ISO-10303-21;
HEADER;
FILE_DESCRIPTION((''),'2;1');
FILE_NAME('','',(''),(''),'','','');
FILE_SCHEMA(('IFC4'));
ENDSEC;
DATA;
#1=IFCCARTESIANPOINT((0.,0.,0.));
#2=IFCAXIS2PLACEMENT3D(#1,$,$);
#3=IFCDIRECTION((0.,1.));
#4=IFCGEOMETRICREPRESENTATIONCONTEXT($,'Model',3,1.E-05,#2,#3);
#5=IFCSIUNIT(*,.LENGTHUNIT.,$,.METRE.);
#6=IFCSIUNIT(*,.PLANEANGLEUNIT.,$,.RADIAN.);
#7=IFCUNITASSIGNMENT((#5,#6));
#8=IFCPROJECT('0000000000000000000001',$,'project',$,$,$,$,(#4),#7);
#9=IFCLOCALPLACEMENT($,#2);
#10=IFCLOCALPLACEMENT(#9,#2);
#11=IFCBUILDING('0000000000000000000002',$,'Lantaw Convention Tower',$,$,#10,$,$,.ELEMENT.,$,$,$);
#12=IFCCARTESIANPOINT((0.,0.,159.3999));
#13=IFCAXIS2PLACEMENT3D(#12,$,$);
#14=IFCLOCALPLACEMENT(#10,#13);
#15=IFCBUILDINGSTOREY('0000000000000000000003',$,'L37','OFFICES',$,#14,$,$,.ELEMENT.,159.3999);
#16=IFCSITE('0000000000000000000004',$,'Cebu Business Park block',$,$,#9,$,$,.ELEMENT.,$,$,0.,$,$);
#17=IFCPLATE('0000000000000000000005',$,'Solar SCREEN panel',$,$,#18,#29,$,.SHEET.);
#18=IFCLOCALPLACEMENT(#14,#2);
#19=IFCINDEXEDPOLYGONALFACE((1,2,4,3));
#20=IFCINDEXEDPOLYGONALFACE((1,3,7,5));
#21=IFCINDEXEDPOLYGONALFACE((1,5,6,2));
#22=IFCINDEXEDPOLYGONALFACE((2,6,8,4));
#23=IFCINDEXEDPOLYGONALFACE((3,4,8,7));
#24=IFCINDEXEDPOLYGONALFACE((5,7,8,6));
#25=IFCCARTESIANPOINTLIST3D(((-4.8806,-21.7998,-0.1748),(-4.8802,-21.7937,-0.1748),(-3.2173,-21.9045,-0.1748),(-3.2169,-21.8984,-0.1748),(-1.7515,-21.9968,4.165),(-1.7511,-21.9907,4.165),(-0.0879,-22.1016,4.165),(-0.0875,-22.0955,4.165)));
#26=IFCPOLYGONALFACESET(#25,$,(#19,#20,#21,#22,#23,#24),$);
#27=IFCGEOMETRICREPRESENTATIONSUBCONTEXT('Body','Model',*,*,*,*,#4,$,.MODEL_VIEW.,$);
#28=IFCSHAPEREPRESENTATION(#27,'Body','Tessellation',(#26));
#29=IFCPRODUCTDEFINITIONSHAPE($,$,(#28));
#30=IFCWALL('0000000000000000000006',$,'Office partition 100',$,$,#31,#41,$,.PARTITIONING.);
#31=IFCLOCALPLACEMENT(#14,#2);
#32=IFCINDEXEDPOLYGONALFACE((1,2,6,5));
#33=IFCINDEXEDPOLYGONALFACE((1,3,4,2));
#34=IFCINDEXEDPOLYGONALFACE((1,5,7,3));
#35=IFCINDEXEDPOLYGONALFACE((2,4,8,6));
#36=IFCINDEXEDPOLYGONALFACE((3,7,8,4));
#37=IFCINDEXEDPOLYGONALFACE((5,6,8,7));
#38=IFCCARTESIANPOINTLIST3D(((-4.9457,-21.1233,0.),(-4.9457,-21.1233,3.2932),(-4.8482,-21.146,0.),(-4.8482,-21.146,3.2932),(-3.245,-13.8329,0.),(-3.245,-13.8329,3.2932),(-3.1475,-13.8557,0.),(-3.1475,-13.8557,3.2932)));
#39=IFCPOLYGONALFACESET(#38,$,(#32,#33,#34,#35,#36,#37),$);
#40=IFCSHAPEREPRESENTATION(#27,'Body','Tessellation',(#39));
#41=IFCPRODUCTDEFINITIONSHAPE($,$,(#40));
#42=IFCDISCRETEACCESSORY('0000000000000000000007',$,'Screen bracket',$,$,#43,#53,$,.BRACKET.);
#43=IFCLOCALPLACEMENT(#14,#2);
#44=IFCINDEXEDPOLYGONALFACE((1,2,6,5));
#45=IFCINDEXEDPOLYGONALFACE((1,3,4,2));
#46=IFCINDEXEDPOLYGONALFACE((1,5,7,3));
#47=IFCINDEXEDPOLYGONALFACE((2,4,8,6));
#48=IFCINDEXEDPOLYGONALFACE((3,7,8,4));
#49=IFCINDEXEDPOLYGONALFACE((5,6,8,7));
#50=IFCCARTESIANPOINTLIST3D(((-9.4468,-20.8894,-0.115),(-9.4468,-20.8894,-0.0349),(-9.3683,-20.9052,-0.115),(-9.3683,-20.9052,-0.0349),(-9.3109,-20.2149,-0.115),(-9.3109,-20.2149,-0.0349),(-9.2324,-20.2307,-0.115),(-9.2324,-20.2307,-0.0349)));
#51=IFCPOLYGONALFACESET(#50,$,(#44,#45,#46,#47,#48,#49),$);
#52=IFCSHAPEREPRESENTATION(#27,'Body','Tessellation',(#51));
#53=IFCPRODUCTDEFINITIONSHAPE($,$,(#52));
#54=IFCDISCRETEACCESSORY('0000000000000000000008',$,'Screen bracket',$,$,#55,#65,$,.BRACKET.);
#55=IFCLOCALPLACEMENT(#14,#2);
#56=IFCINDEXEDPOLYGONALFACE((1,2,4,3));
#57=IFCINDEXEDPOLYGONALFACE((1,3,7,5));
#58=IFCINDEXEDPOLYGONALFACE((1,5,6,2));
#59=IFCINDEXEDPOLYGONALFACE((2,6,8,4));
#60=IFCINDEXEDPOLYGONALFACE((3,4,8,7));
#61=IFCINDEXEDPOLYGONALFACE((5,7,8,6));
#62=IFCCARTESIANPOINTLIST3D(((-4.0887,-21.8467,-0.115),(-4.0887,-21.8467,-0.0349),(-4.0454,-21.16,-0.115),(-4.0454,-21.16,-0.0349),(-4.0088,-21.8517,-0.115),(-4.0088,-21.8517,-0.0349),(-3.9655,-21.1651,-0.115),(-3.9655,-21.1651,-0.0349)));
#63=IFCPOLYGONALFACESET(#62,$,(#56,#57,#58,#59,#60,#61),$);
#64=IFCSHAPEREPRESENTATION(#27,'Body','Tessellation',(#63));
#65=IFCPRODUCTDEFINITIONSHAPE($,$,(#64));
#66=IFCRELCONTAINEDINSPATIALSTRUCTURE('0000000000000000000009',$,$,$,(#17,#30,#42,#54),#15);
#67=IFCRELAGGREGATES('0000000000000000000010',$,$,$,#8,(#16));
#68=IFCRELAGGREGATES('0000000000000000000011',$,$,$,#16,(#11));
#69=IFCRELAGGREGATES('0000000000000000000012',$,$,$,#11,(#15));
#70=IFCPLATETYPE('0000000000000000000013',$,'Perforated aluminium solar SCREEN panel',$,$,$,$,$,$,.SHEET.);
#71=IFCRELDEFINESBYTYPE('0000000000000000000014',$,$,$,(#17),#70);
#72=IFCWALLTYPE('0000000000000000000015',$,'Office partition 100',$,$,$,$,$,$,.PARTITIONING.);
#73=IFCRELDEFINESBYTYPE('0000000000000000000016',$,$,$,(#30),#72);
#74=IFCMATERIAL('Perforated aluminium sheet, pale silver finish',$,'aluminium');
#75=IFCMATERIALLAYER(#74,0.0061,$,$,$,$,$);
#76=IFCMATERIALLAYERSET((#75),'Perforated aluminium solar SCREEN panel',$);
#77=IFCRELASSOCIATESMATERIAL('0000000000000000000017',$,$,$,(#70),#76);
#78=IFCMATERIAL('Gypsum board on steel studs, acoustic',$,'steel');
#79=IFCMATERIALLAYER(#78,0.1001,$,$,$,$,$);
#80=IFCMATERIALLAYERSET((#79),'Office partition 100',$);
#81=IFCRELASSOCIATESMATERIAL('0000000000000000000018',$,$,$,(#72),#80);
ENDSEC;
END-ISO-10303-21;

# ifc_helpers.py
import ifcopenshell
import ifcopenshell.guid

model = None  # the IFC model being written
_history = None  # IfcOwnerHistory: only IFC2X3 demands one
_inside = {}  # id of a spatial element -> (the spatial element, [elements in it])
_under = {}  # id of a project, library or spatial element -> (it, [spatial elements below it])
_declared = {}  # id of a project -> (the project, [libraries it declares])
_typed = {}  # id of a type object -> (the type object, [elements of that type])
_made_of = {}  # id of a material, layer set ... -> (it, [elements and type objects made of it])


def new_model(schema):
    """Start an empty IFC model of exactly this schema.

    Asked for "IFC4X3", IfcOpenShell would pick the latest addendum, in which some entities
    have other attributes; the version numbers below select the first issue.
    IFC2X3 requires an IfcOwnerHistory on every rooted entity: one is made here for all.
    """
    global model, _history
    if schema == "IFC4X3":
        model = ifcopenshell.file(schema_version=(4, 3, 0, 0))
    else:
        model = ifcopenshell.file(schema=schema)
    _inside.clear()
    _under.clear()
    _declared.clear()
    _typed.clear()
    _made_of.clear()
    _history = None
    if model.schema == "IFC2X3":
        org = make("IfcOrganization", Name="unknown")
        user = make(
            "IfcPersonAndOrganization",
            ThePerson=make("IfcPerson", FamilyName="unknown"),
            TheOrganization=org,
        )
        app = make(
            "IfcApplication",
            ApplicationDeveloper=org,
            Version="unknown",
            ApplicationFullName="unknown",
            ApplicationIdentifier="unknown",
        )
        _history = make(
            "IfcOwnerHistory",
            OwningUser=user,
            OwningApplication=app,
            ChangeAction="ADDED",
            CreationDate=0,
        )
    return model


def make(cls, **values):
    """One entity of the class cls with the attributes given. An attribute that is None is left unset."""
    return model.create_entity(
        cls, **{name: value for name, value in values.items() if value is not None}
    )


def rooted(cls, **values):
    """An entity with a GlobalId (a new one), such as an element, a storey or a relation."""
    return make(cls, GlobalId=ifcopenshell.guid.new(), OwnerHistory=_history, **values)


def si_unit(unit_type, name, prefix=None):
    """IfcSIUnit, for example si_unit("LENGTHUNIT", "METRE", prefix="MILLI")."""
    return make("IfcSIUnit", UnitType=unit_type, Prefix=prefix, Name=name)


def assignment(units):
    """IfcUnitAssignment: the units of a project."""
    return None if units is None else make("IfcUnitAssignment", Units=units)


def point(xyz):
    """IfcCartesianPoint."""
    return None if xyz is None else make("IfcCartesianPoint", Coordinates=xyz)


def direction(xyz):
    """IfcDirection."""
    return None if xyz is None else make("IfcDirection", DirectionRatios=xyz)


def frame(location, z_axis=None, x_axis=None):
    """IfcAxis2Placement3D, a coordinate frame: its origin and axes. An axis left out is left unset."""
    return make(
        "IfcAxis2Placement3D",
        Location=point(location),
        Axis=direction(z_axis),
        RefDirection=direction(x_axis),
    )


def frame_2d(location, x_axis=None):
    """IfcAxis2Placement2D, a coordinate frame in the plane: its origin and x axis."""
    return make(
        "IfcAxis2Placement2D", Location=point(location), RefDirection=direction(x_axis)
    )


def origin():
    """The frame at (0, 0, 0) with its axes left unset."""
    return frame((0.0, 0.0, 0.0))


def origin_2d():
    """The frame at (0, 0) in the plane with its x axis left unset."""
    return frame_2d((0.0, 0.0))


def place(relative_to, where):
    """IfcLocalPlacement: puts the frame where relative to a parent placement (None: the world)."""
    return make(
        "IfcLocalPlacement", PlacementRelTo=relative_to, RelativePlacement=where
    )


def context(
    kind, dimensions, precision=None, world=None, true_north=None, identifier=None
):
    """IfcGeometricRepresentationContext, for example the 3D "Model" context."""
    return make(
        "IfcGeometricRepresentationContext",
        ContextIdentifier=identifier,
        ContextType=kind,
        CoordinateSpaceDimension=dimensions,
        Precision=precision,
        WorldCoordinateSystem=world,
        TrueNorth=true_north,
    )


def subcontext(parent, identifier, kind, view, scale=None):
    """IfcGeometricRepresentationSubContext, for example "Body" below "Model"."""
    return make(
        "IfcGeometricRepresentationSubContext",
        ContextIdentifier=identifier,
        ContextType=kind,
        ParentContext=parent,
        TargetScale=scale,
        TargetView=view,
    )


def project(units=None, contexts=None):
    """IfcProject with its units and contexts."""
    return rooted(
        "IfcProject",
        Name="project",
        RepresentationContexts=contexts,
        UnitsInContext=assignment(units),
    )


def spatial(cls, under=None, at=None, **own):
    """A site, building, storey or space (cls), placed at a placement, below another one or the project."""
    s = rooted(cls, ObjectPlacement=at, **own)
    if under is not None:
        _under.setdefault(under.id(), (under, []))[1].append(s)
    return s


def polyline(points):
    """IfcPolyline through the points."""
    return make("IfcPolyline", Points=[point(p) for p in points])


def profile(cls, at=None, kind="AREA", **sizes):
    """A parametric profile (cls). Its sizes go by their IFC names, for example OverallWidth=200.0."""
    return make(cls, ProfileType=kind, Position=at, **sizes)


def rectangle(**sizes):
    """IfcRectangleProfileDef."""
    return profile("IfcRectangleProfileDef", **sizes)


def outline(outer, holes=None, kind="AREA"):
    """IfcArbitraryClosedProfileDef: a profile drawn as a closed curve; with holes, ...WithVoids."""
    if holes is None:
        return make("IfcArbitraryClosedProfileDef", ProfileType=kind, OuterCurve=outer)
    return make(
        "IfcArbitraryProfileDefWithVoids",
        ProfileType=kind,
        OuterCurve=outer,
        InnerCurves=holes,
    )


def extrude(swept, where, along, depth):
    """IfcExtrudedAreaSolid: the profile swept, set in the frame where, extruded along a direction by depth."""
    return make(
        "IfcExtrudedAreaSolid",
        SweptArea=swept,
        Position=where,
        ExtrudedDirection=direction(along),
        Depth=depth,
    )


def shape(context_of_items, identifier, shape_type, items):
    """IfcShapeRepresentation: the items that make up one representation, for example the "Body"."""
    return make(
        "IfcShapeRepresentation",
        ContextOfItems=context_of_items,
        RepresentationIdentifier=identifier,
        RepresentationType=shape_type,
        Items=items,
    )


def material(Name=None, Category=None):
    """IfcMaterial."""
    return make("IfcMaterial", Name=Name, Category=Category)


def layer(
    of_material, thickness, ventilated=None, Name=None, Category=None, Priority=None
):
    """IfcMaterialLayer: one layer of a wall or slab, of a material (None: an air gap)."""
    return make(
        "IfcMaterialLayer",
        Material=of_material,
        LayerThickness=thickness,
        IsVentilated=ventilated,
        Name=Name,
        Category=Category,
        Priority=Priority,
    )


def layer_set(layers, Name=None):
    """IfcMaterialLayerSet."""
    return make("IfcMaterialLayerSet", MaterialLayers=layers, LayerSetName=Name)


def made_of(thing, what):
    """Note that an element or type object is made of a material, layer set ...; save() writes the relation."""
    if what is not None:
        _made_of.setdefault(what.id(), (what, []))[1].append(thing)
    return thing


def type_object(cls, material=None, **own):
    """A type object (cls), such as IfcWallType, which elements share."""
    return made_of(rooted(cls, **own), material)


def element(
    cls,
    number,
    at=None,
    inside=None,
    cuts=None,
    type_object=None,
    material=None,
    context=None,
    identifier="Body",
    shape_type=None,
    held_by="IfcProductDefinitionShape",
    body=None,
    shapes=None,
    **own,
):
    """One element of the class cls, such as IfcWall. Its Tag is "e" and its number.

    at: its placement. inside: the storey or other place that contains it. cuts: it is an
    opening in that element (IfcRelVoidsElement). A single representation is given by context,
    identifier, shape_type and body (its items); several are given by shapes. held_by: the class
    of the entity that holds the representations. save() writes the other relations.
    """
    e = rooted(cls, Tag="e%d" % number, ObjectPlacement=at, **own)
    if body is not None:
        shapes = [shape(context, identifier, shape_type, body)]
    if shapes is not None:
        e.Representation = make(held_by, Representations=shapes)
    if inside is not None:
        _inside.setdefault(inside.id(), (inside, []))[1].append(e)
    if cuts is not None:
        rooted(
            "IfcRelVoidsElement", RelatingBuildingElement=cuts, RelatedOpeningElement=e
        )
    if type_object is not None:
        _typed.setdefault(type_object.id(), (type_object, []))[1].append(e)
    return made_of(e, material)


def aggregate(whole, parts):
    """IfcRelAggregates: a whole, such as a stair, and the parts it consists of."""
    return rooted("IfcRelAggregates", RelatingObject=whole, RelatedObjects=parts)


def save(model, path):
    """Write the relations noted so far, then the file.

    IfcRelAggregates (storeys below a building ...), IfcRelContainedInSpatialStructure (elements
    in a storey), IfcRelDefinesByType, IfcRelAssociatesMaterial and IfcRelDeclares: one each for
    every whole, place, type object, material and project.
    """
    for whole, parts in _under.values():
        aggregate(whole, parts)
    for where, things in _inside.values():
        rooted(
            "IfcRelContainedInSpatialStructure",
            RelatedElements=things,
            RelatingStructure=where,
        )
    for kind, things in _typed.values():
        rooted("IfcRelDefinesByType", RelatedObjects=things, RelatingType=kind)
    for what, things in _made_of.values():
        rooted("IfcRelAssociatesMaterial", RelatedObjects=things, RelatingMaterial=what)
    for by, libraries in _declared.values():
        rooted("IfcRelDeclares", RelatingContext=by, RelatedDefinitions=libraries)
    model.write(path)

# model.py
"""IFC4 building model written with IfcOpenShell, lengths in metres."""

from ifc_helpers import new_model, si_unit, direction, frame, frame_2d, origin, origin_2d, place, context, subcontext, project, spatial, polyline, rectangle, outline, extrude, material, layer, layer_set, type_object, element, save


model = new_model("IFC4")

# Units and contexts
model_context = context("Model", 3, precision=1e-05, world=origin(), true_north=direction((0.0, 1.0)))
body_context = subcontext(model_context, "Body", "Model", "MODEL_VIEW")
ifc_project = project(units=[si_unit("LENGTHUNIT", "METRE"), si_unit("PLANEANGLEUNIT", "RADIAN")], contexts=[model_context])

# Site, building, storey
site_placement = place(None, origin())
site = spatial("IfcSite", under=ifc_project, at=site_placement, Name="Cebu Business Park block", CompositionType="ELEMENT", RefElevation=0.0)
building_placement = place(site_placement, origin())
building = spatial("IfcBuilding", under=site, at=building_placement, Name="Lantaw Convention Tower", CompositionType="ELEMENT")
storey_placement = place(building_placement, frame((0.0, 0.0, 159.3999)))
storey = spatial("IfcBuildingStorey", under=building, at=storey_placement, Name="L37", Description="OFFICES", CompositionType="ELEMENT", Elevation=159.3999)

# Plate
ifc_material_1 = material(Name="Perforated aluminium sheet, pale silver finish", Category="aluminium")
ifc_layer_1 = layer(ifc_material_1, 0.0061)
ifc_layer_set_1 = layer_set([ifc_layer_1], Name="Perforated aluminium solar SCREEN panel")
plate_type_1 = type_object("IfcPlateType", Name="Perforated aluminium solar SCREEN panel", PredefinedType="SHEET", material=ifc_layer_set_1)
plate_1_placement = place(storey_placement, frame((-4.8806, -21.7998, -0.1748), z_axis=(-0.062839, -0.998024, 0.000002), x_axis=(0.998024, -0.062839, 0.0)))
element("IfcPlate", 1, at=plate_1_placement, inside=storey, type_object=plate_type_1, Name="Solar SCREEN panel", PredefinedType="SHEET", context=body_context, shape_type="SweptSolid", body=[
    extrude(outline(polyline([(0.0, 0.0), (1.6666, 0.0), (4.8022, 4.3398), (3.1353, 4.3398), (0.0, 0.0)])), origin(), (0.0, 0.0, -1.0), 0.0061),
])

# Wall
ifc_material_2 = material(Name="Gypsum board on steel studs, acoustic", Category="steel")
ifc_layer_2 = layer(ifc_material_2, 0.1001)
ifc_layer_set_2 = layer_set([ifc_layer_2], Name="Office partition 100")
wall_type = type_object("IfcWallType", Name="Office partition 100", PredefinedType="PARTITIONING", material=ifc_layer_set_2)
wall_placement = place(storey_placement, frame((-4.897, -21.1348, 0.0), z_axis=(0.0, 0.0, 1.0), x_axis=(0.227181, 0.973853, 0.0)))
element("IfcWall", 2, at=wall_placement, inside=storey, type_object=wall_type, Name="Office partition 100", PredefinedType="PARTITIONING", context=body_context, shape_type="SweptSolid", body=[
    extrude(rectangle(XDim=7.4861, YDim=0.1001, at=frame_2d((3.7432, 0.0))), origin(), (0.0, 0.0, 1.0), 3.2932),
])

# Discrete accessories
for number, where, z_axis, x_axis, name in (
    (3, (-9.3396, -20.5601, -0.115), (0.0, 0.0, 1.0), (0.980302, -0.197507, 0.0), "Screen bracket"),
    (4, (-4.0271, -21.5059, -0.115), (0.0, 0.0, 1.0), (0.998022, -0.062865, 0.0), "Screen bracket"),
):
    element("IfcDiscreteAccessory", number, at=place(storey_placement, frame(where, z_axis=z_axis, x_axis=x_axis)), inside=storey, Name=name, PredefinedType="BRACKET", context=body_context, shape_type="SweptSolid", body=[
        extrude(rectangle(XDim=0.0801, YDim=0.688, at=origin_2d()), origin(), (0.0, 0.0, 1.0), 0.0801),
    ])

save(model, "model.ifc")
